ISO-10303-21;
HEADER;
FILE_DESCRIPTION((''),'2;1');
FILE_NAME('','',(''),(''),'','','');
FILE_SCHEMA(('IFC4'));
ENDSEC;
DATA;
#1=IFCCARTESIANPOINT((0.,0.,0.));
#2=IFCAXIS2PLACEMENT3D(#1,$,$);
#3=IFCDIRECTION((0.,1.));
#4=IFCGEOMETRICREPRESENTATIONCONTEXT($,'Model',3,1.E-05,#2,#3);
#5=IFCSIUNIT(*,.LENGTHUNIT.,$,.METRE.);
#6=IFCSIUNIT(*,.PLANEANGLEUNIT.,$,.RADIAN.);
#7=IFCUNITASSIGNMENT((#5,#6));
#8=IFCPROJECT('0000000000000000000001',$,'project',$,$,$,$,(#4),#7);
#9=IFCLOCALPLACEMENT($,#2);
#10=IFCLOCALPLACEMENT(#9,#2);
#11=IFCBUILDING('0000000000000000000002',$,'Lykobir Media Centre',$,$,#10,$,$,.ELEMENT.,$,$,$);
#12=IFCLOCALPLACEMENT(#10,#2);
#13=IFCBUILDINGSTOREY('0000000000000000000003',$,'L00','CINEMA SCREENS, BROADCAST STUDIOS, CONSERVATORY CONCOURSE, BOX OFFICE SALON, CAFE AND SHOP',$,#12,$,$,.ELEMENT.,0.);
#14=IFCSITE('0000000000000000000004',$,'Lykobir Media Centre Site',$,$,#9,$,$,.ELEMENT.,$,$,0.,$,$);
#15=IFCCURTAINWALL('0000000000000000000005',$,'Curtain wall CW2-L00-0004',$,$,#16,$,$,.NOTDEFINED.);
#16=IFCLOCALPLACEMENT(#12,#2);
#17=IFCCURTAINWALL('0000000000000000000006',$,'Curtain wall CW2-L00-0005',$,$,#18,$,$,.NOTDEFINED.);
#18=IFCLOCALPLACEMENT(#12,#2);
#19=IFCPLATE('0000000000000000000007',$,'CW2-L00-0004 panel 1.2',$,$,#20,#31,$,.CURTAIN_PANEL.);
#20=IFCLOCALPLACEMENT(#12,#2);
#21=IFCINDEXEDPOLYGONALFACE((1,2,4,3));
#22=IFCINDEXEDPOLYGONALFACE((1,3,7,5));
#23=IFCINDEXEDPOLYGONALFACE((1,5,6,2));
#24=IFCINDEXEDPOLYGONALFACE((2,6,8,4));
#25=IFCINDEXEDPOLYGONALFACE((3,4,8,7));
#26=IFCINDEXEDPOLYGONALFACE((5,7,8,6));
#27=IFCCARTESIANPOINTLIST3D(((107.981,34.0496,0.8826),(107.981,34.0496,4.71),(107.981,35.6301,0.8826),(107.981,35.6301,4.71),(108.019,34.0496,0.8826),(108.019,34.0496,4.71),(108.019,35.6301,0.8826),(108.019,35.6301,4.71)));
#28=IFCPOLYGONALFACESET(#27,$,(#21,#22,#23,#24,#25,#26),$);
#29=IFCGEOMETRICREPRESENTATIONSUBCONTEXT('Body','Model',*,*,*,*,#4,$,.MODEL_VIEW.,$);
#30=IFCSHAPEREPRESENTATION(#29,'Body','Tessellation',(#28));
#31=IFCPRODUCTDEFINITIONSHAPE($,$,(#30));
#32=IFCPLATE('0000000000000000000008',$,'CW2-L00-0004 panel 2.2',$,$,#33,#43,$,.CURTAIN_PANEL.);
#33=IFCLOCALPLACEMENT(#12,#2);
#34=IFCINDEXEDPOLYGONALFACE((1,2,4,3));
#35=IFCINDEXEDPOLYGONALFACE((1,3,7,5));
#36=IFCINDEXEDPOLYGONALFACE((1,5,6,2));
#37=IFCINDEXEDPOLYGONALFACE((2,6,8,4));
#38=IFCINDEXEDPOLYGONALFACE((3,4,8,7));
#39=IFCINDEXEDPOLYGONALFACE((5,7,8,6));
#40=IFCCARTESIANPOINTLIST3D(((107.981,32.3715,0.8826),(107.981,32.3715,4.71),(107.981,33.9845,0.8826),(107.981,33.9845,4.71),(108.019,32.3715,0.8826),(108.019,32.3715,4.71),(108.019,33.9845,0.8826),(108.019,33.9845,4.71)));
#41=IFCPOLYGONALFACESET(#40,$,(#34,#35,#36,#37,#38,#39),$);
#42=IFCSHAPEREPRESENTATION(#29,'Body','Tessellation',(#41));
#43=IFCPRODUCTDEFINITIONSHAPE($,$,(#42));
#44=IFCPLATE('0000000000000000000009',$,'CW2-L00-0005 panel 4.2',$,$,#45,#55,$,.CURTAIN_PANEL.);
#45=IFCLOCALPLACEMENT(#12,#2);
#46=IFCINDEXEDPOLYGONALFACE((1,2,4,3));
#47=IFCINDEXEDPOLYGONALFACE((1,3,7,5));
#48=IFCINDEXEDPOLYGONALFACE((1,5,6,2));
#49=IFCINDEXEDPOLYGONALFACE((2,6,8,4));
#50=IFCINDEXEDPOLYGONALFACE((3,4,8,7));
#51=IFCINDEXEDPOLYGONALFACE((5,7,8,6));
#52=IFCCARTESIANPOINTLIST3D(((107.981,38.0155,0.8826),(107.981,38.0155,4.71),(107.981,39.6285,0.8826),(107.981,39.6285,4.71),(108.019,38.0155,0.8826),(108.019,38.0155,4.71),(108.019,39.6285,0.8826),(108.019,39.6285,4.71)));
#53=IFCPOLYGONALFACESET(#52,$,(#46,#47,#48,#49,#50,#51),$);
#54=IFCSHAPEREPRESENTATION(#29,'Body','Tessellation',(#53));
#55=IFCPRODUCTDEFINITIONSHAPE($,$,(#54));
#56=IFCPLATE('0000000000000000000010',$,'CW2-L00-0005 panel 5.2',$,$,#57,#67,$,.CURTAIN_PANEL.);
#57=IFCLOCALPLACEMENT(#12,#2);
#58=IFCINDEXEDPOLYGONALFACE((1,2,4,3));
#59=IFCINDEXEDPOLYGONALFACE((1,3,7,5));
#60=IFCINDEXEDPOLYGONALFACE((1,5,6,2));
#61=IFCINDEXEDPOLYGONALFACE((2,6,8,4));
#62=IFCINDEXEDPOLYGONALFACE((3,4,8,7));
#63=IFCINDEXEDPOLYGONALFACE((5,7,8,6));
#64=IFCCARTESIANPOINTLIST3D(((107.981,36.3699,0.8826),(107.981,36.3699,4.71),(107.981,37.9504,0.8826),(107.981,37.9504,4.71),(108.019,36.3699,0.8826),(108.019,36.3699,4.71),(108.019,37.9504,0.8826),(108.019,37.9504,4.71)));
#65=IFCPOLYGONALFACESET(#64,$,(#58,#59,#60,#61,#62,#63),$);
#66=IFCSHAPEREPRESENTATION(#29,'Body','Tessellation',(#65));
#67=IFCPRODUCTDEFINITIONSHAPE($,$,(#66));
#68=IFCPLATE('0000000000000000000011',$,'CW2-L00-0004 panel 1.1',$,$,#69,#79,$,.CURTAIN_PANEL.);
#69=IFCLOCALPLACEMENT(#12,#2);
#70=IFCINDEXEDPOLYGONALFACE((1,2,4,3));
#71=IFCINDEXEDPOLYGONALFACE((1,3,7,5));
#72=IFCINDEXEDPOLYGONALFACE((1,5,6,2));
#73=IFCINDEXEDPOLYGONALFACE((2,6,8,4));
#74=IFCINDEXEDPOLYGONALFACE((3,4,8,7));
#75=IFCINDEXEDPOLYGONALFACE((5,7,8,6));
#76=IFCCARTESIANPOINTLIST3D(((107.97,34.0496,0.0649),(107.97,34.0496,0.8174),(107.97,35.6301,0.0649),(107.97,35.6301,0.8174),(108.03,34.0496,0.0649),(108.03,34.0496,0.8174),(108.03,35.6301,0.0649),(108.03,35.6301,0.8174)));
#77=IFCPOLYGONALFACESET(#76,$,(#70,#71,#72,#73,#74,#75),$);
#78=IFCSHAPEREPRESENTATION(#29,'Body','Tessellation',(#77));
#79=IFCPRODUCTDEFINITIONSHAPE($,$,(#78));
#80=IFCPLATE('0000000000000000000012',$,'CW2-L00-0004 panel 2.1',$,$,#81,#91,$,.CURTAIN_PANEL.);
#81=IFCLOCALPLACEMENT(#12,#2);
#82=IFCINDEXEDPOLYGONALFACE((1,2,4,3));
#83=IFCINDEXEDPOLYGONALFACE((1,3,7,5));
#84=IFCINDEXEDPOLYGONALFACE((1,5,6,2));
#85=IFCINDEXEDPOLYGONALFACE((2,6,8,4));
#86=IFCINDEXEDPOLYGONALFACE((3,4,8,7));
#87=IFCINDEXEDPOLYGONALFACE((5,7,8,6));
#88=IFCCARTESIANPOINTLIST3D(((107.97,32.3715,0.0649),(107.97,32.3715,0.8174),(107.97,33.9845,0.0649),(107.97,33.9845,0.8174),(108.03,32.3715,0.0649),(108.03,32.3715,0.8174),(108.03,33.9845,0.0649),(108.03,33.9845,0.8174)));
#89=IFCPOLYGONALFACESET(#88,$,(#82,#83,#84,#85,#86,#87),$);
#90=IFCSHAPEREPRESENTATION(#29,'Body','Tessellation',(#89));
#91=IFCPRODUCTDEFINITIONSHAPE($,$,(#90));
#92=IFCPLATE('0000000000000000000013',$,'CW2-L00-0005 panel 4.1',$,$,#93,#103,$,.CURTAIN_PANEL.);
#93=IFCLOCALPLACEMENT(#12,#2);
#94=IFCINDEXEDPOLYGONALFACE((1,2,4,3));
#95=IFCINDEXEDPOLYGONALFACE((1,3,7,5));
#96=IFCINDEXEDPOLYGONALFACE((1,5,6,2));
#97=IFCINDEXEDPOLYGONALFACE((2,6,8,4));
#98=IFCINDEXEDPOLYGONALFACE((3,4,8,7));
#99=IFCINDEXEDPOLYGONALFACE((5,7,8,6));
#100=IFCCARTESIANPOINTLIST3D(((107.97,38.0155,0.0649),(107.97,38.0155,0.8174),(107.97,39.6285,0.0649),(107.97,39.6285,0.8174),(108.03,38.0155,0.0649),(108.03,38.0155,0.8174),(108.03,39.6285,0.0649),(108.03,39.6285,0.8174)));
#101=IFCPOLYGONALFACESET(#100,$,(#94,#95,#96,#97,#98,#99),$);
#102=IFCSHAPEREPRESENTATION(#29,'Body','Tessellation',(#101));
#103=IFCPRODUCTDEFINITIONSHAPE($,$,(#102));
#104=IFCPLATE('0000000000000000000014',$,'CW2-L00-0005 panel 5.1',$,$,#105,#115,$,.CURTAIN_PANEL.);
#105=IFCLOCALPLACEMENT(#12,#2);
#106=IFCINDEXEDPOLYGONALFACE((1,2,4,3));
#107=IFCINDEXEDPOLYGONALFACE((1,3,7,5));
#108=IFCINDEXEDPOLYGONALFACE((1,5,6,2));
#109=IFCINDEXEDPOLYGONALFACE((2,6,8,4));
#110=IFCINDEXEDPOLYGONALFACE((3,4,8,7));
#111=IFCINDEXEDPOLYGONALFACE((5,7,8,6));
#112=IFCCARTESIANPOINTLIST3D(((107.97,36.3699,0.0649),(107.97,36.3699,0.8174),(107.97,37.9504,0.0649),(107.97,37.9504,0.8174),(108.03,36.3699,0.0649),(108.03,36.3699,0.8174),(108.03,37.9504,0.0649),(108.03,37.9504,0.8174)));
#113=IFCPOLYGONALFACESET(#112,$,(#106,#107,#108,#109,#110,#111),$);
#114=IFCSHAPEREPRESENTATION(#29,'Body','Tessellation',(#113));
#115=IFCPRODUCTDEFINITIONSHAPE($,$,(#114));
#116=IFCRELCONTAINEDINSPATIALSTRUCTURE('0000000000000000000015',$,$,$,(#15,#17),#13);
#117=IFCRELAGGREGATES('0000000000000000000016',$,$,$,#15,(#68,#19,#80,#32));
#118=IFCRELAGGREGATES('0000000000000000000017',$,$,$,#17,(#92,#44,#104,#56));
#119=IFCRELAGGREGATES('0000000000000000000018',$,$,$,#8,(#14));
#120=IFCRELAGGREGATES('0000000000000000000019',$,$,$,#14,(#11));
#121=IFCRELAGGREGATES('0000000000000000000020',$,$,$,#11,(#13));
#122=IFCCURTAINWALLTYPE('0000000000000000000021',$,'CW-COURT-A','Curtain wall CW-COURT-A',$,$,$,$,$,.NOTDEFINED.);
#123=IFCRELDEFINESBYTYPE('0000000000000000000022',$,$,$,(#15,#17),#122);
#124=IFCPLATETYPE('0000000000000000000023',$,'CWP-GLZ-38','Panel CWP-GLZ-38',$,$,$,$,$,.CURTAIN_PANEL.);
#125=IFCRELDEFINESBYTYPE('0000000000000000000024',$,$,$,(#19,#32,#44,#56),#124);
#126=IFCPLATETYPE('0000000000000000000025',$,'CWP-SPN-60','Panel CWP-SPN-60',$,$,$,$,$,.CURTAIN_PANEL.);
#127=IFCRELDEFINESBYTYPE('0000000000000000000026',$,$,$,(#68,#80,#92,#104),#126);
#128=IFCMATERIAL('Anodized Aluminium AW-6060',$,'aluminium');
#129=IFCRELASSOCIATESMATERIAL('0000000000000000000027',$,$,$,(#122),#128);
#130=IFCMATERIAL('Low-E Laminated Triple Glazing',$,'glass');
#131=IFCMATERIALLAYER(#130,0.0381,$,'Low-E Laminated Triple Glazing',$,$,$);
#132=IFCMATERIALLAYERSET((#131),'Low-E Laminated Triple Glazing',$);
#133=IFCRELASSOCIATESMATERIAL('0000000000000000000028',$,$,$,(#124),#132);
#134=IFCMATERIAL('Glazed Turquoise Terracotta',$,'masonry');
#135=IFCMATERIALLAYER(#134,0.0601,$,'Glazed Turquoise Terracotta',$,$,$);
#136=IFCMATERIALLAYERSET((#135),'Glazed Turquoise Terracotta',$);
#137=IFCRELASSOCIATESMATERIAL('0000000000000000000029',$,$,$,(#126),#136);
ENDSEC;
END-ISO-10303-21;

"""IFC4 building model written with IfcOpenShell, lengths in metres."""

from ifc_helpers import new_model, si_unit, direction, frame, origin, origin_2d, place, context, subcontext, project, spatial, rectangle, extrude, material, layer, layer_set, type_object, element, aggregate, save


model = new_model("IFC4")

# Units and contexts
model_context = context("Model", 3, precision=1e-05, world=origin(), true_north=direction((0.0, 1.0)))
body_context = subcontext(model_context, "Body", "Model", "MODEL_VIEW")
ifc_project = project(units=[si_unit("LENGTHUNIT", "METRE"), si_unit("PLANEANGLEUNIT", "RADIAN")], contexts=[model_context])

# Site, building, storey
site_placement = place(None, origin())
site = spatial("IfcSite", under=ifc_project, at=site_placement, Name="Lykobir Media Centre Site", CompositionType="ELEMENT", RefElevation=0.0)
building_placement = place(site_placement, origin())
building = spatial("IfcBuilding", under=site, at=building_placement, Name="Lykobir Media Centre", CompositionType="ELEMENT")
storey_placement = place(building_placement, origin())
storey = spatial("IfcBuildingStorey", under=building, at=storey_placement, Name="L00", Description="CINEMA SCREENS, BROADCAST STUDIOS, CONSERVATORY CONCOURSE, BOX OFFICE SALON, CAFE AND SHOP", CompositionType="ELEMENT", Elevation=0.0)

# Curtain walls
ifc_material_1 = material(Name="Anodized Aluminium AW-6060", Category="aluminium")
curtain_wall_type = type_object("IfcCurtainWallType", Name="CW-COURT-A", Description="Curtain wall CW-COURT-A", PredefinedType="NOTDEFINED", material=ifc_material_1)
curtain_wall_1_placement = place(storey_placement, origin())
curtain_wall_1 = element("IfcCurtainWall", 1, at=curtain_wall_1_placement, inside=storey, type_object=curtain_wall_type, Name="Curtain wall CW2-L00-0004", PredefinedType="NOTDEFINED")
curtain_wall_2_placement = place(storey_placement, origin())
curtain_wall_2 = element("IfcCurtainWall", 2, at=curtain_wall_2_placement, inside=storey, type_object=curtain_wall_type, Name="Curtain wall CW2-L00-0005", PredefinedType="NOTDEFINED")

# Plates
ifc_material_2 = material(Name="Low-E Laminated Triple Glazing", Category="glass")
ifc_layer_1 = layer(ifc_material_2, 0.0381, Name="Low-E Laminated Triple Glazing")
ifc_layer_set_1 = layer_set([ifc_layer_1], Name="Low-E Laminated Triple Glazing")
plate_type_1 = type_object("IfcPlateType", Name="CWP-GLZ-38", Description="Panel CWP-GLZ-38", PredefinedType="CURTAIN_PANEL", material=ifc_layer_set_1)
plate_1_placement = place(storey_placement, frame((108.0, 34.8398, 0.8826), z_axis=(0.0, 0.0, 1.0), x_axis=(0.0, -1.0, 0.0)))
plate_1 = element("IfcPlate", 3, at=plate_1_placement, type_object=plate_type_1, Name="CW2-L00-0004 panel 1.2", PredefinedType="CURTAIN_PANEL", context=body_context, shape_type="SweptSolid", body=[
    extrude(rectangle(XDim=1.5806, YDim=0.0381, at=origin_2d()), origin(), (0.0, 0.0, 1.0), 3.8274),
])
plate_2_placement = place(storey_placement, frame((108.0, 33.178, 0.8826), z_axis=(0.0, 0.0, 1.0), x_axis=(0.0, -1.0, 0.0)))
plate_2 = element("IfcPlate", 4, at=plate_2_placement, type_object=plate_type_1, Name="CW2-L00-0004 panel 2.2", PredefinedType="CURTAIN_PANEL", context=body_context, shape_type="SweptSolid", body=[
    extrude(rectangle(XDim=1.613, YDim=0.0381, at=origin_2d()), origin(), (0.0, 0.0, 1.0), 3.8274),
])
plate_3_placement = place(storey_placement, frame((108.0, 38.822, 0.8826), z_axis=(0.0, 0.0, 1.0), x_axis=(0.0, -1.0, 0.0)))
plate_3 = element("IfcPlate", 5, at=plate_3_placement, type_object=plate_type_1, Name="CW2-L00-0005 panel 4.2", PredefinedType="CURTAIN_PANEL", context=body_context, shape_type="SweptSolid", body=[
    extrude(rectangle(XDim=1.613, YDim=0.0381, at=origin_2d()), origin(), (0.0, 0.0, 1.0), 3.8274),
])
plate_4_placement = place(storey_placement, frame((108.0, 37.1602, 0.8826), z_axis=(0.0, 0.0, 1.0), x_axis=(0.0, -1.0, 0.0)))
plate_4 = element("IfcPlate", 6, at=plate_4_placement, type_object=plate_type_1, Name="CW2-L00-0005 panel 5.2", PredefinedType="CURTAIN_PANEL", context=body_context, shape_type="SweptSolid", body=[
    extrude(rectangle(XDim=1.5806, YDim=0.0381, at=origin_2d()), origin(), (0.0, 0.0, 1.0), 3.8274),
])
ifc_material_3 = material(Name="Glazed Turquoise Terracotta", Category="masonry")
ifc_layer_2 = layer(ifc_material_3, 0.0601, Name="Glazed Turquoise Terracotta")
ifc_layer_set_2 = layer_set([ifc_layer_2], Name="Glazed Turquoise Terracotta")
plate_type_2 = type_object("IfcPlateType", Name="CWP-SPN-60", Description="Panel CWP-SPN-60", PredefinedType="CURTAIN_PANEL", material=ifc_layer_set_2)
plate_5_placement = place(storey_placement, frame((108.0, 34.8398, 0.0649), z_axis=(0.0, 0.0, 1.0), x_axis=(0.0, -1.0, 0.0)))
plate_5 = element("IfcPlate", 7, at=plate_5_placement, type_object=plate_type_2, Name="CW2-L00-0004 panel 1.1", PredefinedType="CURTAIN_PANEL", context=body_context, shape_type="SweptSolid", body=[
    extrude(rectangle(XDim=1.5806, YDim=0.0601, at=origin_2d()), origin(), (0.0, 0.0, 1.0), 0.7524),
])
plate_6_placement = place(storey_placement, frame((108.0, 33.178, 0.0649), z_axis=(0.0, 0.0, 1.0), x_axis=(0.0, -1.0, 0.0)))
plate_6 = element("IfcPlate", 8, at=plate_6_placement, type_object=plate_type_2, Name="CW2-L00-0004 panel 2.1", PredefinedType="CURTAIN_PANEL", context=body_context, shape_type="SweptSolid", body=[
    extrude(rectangle(XDim=1.613, YDim=0.0601, at=origin_2d()), origin(), (0.0, 0.0, 1.0), 0.7524),
])
aggregate(curtain_wall_1, [plate_5, plate_1, plate_6, plate_2])
plate_7_placement = place(storey_placement, frame((108.0, 38.822, 0.0649), z_axis=(0.0, 0.0, 1.0), x_axis=(0.0, -1.0, 0.0)))
plate_7 = element("IfcPlate", 9, at=plate_7_placement, type_object=plate_type_2, Name="CW2-L00-0005 panel 4.1", PredefinedType="CURTAIN_PANEL", context=body_context, shape_type="SweptSolid", body=[
    extrude(rectangle(XDim=1.613, YDim=0.0601, at=origin_2d()), origin(), (0.0, 0.0, 1.0), 0.7524),
])
plate_8_placement = place(storey_placement, frame((108.0, 37.1602, 0.0649), z_axis=(0.0, 0.0, 1.0), x_axis=(0.0, -1.0, 0.0)))
plate_8 = element("IfcPlate", 10, at=plate_8_placement, type_object=plate_type_2, Name="CW2-L00-0005 panel 5.1", PredefinedType="CURTAIN_PANEL", context=body_context, shape_type="SweptSolid", body=[
    extrude(rectangle(XDim=1.5806, YDim=0.0601, at=origin_2d()), origin(), (0.0, 0.0, 1.0), 0.7524),
])
aggregate(curtain_wall_2, [plate_7, plate_3, plate_8, plate_4])

save(model, "model.ifc")
